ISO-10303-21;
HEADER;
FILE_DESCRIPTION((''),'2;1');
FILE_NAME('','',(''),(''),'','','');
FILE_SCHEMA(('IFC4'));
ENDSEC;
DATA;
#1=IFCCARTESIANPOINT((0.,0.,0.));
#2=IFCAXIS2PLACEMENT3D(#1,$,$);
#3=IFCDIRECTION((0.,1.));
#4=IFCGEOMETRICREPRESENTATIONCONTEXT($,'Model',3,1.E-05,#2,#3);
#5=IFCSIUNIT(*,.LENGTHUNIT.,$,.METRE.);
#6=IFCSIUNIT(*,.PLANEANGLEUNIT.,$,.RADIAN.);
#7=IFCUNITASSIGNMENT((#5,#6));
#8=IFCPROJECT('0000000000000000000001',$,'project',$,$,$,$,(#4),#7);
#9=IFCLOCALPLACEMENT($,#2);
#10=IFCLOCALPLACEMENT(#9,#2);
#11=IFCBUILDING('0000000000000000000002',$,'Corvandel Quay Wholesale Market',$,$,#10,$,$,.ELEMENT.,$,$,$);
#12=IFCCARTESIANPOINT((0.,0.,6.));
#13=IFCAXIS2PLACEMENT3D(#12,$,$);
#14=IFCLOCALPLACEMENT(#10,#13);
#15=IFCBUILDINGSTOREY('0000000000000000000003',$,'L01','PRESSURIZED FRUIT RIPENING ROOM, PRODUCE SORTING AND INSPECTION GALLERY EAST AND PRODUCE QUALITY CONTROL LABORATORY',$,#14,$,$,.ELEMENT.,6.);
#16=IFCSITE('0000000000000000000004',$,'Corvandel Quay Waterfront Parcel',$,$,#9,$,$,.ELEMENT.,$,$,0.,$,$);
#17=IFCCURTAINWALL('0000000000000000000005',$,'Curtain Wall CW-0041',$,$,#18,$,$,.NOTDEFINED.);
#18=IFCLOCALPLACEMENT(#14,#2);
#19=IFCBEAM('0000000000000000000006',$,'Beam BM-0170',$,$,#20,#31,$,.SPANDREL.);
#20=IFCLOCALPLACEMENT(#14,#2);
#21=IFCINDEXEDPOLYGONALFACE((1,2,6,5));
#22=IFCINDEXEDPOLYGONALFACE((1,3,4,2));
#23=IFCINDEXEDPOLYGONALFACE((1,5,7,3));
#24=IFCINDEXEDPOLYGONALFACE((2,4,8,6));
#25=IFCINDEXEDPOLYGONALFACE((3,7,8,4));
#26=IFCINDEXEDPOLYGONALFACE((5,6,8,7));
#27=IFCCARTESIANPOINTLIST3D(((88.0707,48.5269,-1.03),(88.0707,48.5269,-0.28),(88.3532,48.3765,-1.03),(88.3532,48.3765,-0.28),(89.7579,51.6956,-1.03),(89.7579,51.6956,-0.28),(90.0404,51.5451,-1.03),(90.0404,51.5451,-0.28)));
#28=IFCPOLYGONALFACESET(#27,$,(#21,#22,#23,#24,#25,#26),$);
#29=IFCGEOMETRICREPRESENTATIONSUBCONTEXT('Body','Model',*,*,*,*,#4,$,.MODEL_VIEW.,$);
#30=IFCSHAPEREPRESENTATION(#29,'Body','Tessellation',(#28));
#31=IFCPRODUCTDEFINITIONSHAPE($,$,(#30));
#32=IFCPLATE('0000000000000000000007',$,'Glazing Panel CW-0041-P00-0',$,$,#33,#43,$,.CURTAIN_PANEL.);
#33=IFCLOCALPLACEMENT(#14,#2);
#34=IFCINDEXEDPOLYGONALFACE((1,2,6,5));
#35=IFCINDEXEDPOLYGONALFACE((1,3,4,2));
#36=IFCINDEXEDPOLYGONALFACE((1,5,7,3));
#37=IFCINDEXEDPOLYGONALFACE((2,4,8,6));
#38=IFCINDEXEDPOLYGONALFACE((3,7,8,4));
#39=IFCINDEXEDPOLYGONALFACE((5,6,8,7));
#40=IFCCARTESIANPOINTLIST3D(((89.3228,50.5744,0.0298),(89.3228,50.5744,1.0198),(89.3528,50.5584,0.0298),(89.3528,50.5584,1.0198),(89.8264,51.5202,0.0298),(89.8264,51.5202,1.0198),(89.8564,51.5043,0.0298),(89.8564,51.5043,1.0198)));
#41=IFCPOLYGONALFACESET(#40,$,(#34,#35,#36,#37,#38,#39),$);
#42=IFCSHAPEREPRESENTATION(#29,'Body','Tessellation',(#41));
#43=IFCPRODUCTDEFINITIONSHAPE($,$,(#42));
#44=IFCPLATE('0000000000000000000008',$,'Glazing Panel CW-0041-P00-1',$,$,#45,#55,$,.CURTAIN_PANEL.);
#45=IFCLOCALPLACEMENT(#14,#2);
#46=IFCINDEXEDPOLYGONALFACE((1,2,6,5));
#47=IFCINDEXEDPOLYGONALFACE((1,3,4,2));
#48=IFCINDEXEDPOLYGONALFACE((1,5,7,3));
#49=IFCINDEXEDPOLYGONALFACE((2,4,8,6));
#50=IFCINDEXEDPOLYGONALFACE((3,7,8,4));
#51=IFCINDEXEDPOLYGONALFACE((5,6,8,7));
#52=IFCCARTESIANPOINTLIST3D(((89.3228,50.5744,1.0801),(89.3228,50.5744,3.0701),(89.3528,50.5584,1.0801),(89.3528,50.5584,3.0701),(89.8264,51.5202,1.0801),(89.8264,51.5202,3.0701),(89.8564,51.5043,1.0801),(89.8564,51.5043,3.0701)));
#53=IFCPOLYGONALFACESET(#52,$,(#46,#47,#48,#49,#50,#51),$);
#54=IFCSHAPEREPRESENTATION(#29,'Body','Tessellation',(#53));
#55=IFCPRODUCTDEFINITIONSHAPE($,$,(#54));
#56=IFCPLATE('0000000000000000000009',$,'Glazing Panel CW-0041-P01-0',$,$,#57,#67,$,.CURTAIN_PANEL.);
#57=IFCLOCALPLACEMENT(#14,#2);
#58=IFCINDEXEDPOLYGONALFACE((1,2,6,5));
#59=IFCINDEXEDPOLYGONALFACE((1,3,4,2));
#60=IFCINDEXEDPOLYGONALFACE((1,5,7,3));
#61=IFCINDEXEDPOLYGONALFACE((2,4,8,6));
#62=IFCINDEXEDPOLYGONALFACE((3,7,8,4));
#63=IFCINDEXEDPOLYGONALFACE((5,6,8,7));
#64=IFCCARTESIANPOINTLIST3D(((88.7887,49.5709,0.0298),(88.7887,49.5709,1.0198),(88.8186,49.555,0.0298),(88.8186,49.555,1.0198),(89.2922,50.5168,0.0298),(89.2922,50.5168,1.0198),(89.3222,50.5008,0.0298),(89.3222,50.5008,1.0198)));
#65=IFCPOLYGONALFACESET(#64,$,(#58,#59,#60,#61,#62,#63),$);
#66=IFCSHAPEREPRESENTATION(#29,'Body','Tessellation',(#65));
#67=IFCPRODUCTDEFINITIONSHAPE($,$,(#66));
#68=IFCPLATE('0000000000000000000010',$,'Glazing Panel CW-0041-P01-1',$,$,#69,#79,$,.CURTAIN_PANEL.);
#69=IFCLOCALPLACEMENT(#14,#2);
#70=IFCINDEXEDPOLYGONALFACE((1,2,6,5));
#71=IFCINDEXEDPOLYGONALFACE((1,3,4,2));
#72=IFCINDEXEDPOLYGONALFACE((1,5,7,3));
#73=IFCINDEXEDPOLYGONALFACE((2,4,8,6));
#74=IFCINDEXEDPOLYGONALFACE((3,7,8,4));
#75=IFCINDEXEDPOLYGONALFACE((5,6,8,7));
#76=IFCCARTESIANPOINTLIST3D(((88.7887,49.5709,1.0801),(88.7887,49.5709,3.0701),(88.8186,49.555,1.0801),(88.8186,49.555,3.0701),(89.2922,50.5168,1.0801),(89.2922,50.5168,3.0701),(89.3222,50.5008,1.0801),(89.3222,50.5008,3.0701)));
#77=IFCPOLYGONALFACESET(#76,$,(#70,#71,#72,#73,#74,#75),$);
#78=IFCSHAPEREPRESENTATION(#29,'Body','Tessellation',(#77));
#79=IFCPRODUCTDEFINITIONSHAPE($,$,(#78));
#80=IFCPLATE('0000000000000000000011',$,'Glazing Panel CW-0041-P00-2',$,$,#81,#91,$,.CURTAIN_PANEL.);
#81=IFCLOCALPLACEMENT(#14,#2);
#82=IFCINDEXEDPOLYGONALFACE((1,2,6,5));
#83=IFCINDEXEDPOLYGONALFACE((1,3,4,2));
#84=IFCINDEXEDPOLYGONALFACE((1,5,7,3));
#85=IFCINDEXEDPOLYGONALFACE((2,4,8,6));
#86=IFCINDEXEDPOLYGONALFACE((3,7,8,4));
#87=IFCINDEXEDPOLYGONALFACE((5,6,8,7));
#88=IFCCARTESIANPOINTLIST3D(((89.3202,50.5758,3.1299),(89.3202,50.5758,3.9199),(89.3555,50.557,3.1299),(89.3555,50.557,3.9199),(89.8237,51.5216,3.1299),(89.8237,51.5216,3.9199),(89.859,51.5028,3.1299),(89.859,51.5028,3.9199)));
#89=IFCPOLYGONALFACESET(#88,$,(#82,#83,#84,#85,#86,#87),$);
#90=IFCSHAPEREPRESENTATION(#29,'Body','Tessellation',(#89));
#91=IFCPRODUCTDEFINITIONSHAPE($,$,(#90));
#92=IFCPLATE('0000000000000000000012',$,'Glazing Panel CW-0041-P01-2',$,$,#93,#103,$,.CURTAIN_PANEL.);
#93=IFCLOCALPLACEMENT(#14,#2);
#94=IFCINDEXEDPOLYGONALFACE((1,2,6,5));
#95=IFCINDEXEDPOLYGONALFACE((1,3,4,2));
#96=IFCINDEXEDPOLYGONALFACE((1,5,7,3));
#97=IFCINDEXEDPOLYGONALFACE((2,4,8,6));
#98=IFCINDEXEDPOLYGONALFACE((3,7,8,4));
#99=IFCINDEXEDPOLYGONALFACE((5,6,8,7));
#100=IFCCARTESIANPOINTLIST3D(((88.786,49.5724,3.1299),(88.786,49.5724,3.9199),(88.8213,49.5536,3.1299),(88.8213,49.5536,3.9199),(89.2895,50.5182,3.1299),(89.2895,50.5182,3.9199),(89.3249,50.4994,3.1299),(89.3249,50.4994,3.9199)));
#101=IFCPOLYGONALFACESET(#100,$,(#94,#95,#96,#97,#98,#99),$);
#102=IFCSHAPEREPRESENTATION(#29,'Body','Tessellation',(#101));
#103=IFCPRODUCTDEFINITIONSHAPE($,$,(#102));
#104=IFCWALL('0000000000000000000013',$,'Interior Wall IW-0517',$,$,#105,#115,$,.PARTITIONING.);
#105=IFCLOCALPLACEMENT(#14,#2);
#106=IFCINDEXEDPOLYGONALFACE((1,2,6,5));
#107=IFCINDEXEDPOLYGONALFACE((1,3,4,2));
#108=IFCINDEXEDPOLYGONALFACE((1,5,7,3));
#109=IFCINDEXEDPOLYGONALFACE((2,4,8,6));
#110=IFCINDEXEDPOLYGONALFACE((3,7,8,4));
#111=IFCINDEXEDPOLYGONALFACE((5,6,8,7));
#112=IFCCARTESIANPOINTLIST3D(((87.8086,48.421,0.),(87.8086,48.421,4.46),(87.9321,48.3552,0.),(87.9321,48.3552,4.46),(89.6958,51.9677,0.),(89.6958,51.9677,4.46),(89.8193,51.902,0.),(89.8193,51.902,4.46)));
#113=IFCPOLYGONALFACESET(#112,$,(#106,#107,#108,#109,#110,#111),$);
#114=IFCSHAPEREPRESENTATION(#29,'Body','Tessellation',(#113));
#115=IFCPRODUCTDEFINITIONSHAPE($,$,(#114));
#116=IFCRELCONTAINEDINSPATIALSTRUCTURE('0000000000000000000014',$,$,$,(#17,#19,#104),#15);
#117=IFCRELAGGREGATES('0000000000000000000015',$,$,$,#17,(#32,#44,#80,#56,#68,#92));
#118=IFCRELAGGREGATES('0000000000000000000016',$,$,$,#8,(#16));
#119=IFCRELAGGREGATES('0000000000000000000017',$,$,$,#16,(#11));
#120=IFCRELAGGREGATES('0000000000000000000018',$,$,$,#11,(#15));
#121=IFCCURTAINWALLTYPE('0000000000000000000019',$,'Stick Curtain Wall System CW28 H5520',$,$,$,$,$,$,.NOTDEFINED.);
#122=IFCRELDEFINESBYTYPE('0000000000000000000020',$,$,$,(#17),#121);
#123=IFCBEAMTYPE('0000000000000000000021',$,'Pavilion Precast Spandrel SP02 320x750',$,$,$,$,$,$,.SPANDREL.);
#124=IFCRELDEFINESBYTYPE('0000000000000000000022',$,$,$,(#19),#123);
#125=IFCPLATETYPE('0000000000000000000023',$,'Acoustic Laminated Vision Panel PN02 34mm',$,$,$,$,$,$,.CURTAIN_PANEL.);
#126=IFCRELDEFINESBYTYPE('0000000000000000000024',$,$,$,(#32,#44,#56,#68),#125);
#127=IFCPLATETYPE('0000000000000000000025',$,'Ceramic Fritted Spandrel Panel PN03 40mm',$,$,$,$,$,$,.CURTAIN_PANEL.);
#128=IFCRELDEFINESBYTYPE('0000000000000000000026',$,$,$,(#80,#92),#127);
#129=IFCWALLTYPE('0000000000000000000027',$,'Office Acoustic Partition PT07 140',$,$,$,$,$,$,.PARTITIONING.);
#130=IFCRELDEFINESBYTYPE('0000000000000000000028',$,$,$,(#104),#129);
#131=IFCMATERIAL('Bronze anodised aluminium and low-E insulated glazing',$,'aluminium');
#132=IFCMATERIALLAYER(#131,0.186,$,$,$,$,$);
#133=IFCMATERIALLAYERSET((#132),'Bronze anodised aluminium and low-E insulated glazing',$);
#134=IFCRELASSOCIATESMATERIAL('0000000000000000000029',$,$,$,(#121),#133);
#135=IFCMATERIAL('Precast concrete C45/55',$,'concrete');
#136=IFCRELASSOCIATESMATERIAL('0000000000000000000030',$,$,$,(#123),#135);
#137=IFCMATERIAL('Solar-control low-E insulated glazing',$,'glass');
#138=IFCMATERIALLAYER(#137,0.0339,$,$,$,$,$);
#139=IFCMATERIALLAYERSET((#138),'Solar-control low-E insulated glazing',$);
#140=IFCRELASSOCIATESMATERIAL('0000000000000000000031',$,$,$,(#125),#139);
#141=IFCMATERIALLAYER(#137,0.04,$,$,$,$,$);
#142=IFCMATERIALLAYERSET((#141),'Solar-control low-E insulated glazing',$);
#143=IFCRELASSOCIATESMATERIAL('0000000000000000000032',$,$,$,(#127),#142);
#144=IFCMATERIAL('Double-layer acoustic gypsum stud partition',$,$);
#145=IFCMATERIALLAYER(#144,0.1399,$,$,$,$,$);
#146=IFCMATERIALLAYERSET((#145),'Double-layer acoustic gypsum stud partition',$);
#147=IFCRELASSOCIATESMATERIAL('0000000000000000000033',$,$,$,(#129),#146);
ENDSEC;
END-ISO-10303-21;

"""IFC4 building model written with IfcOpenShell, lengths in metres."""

from ifc_helpers import new_model, si_unit, direction, frame, frame_2d, origin, origin_2d, place, context, subcontext, project, spatial, rectangle, extrude, material, layer, layer_set, material_profile, profile_set, type_object, element, aggregate, save


model = new_model("IFC4")

# Units and contexts
model_context = context("Model", 3, precision=1e-05, world=origin(), true_north=direction((0.0, 1.0)))
body_context = subcontext(model_context, "Body", "Model", "MODEL_VIEW")
ifc_project = project(units=[si_unit("LENGTHUNIT", "METRE"), si_unit("PLANEANGLEUNIT", "RADIAN")], contexts=[model_context])

# Site, building, storey
site_placement = place(None, origin())
site = spatial("IfcSite", under=ifc_project, at=site_placement, Name="Corvandel Quay Waterfront Parcel", CompositionType="ELEMENT", RefElevation=0.0)
building_placement = place(site_placement, origin())
building = spatial("IfcBuilding", under=site, at=building_placement, Name="Corvandel Quay Wholesale Market", CompositionType="ELEMENT")
storey_placement = place(building_placement, frame((0.0, 0.0, 6.0)))
storey = spatial("IfcBuildingStorey", under=building, at=storey_placement, Name="L01", Description="PRESSURIZED FRUIT RIPENING ROOM, PRODUCE SORTING AND INSPECTION GALLERY EAST AND PRODUCE QUALITY CONTROL LABORATORY", CompositionType="ELEMENT", Elevation=6.0)

# Shared definitions
ifc_material_1 = material(Name="Precast concrete C45/55", Category="concrete")

# Curtain wall
ifc_material_2 = material(Name="Bronze anodised aluminium and low-E insulated glazing", Category="aluminium")
ifc_layer_1 = layer(ifc_material_2, 0.186)
ifc_layer_set_1 = layer_set([ifc_layer_1], Name="Bronze anodised aluminium and low-E insulated glazing")
curtain_wall_type = type_object("IfcCurtainWallType", Name="Stick Curtain Wall System CW28 H5520", PredefinedType="NOTDEFINED", material=ifc_layer_set_1)
curtain_wall_placement = place(storey_placement, origin())
curtain_wall = element("IfcCurtainWall", 1, at=curtain_wall_placement, inside=storey, type_object=curtain_wall_type, Name="Curtain Wall CW-0041", PredefinedType="NOTDEFINED")

# Beam
ifc_material_profile_1 = material_profile(ifc_material_1, rectangle(XDim=0.3201, YDim=0.75, at=origin_2d()), Name="PC-SPN-320x750")
ifc_profile_set_1 = profile_set([ifc_material_profile_1], Name="Precast concrete C45/55")
beam_type = type_object("IfcBeamType", Name="Pavilion Precast Spandrel SP02 320x750", PredefinedType="SPANDREL", material=ifc_profile_set_1)
beam_placement = place(storey_placement, frame((89.8992, 51.6204, -0.655), z_axis=(-0.469999, -0.882667, 0.0), x_axis=(0.882667, -0.469999, 0.0)))
element("IfcBeam", 2, at=beam_placement, inside=storey, type_object=beam_type, Name="Beam BM-0170", PredefinedType="SPANDREL", context=body_context, shape_type="SweptSolid", body=[
    extrude(rectangle(XDim=0.3201, YDim=0.75, at=origin_2d()), origin(), (0.0, 0.0, 1.0), 3.5898),
])

# Plates
ifc_material_3 = material(Name="Solar-control low-E insulated glazing", Category="glass")
ifc_layer_2 = layer(ifc_material_3, 0.0339)
ifc_layer_set_2 = layer_set([ifc_layer_2], Name="Solar-control low-E insulated glazing")
plate_type_1 = type_object("IfcPlateType", Name="Acoustic Laminated Vision Panel PN02 34mm", PredefinedType="CURTAIN_PANEL", material=ifc_layer_set_2)
plate_1_placement = place(storey_placement, frame((89.5896, 51.0393, 0.0298), z_axis=(0.0, 0.0, 1.0), x_axis=(0.469934, 0.882702, 0.0)))
plate_1 = element("IfcPlate", 3, at=plate_1_placement, type_object=plate_type_1, Name="Glazing Panel CW-0041-P00-0", PredefinedType="CURTAIN_PANEL", context=body_context, shape_type="SweptSolid", body=[
    extrude(rectangle(XDim=1.0715, YDim=0.0339, at=origin_2d()), origin(), (0.0, 0.0, 1.0), 0.99),
])
plate_2_placement = place(storey_placement, frame((89.5896, 51.0393, 1.0801), z_axis=(0.0, 0.0, 1.0), x_axis=(0.469934, 0.882702, 0.0)))
plate_2 = element("IfcPlate", 4, at=plate_2_placement, type_object=plate_type_1, Name="Glazing Panel CW-0041-P00-1", PredefinedType="CURTAIN_PANEL", context=body_context, shape_type="SweptSolid", body=[
    extrude(rectangle(XDim=1.0715, YDim=0.0339, at=origin_2d()), origin(), (0.0, 0.0, 1.0), 1.99),
])
plate_3_placement = place(storey_placement, frame((89.0554, 50.0359, 0.0298), z_axis=(0.0, 0.0, 1.0), x_axis=(0.469934, 0.882702, 0.0)))
plate_3 = element("IfcPlate", 5, at=plate_3_placement, type_object=plate_type_1, Name="Glazing Panel CW-0041-P01-0", PredefinedType="CURTAIN_PANEL", context=body_context, shape_type="SweptSolid", body=[
    extrude(rectangle(XDim=1.0715, YDim=0.0339, at=origin_2d()), origin(), (0.0, 0.0, 1.0), 0.99),
])
plate_4_placement = place(storey_placement, frame((89.0554, 50.0359, 1.0801), z_axis=(0.0, 0.0, 1.0), x_axis=(0.469934, 0.882702, 0.0)))
plate_4 = element("IfcPlate", 6, at=plate_4_placement, type_object=plate_type_1, Name="Glazing Panel CW-0041-P01-1", PredefinedType="CURTAIN_PANEL", context=body_context, shape_type="SweptSolid", body=[
    extrude(rectangle(XDim=1.0715, YDim=0.0339, at=origin_2d()), origin(), (0.0, 0.0, 1.0), 1.99),
])
ifc_layer_3 = layer(ifc_material_3, 0.04)
ifc_layer_set_3 = layer_set([ifc_layer_3], Name="Solar-control low-E insulated glazing")
plate_type_2 = type_object("IfcPlateType", Name="Ceramic Fritted Spandrel Panel PN03 40mm", PredefinedType="CURTAIN_PANEL", material=ifc_layer_set_3)
plate_5_placement = place(storey_placement, frame((89.5896, 51.0393, 3.1299), z_axis=(0.0, 0.0, 1.0), x_axis=(0.469934, 0.882702, 0.0)))
plate_5 = element("IfcPlate", 7, at=plate_5_placement, type_object=plate_type_2, Name="Glazing Panel CW-0041-P00-2", PredefinedType="CURTAIN_PANEL", context=body_context, shape_type="SweptSolid", body=[
    extrude(rectangle(XDim=1.0715, YDim=0.04, at=origin_2d()), origin(), (0.0, 0.0, 1.0), 0.79),
])
plate_6_placement = place(storey_placement, frame((89.0554, 50.0359, 3.1299), z_axis=(0.0, 0.0, 1.0), x_axis=(0.469934, 0.882702, 0.0)))
plate_6 = element("IfcPlate", 8, at=plate_6_placement, type_object=plate_type_2, Name="Glazing Panel CW-0041-P01-2", PredefinedType="CURTAIN_PANEL", context=body_context, shape_type="SweptSolid", body=[
    extrude(rectangle(XDim=1.0715, YDim=0.04, at=origin_2d()), origin(), (0.0, 0.0, 1.0), 0.79),
])
aggregate(curtain_wall, [plate_1, plate_2, plate_5, plate_3, plate_4, plate_6])

# Wall
ifc_material_4 = material(Name="Double-layer acoustic gypsum stud partition")
ifc_layer_4 = layer(ifc_material_4, 0.1399)
ifc_layer_set_4 = layer_set([ifc_layer_4], Name="Double-layer acoustic gypsum stud partition")
wall_type = type_object("IfcWallType", Name="Office Acoustic Partition PT07 140", PredefinedType="PARTITIONING", material=ifc_layer_set_4)
wall_placement = place(storey_placement, frame((89.7576, 51.9348, 0.0), z_axis=(0.0, 0.0, 1.0), x_axis=(-0.469749, -0.8828, 0.0)))
element("IfcWall", 9, at=wall_placement, inside=storey, type_object=wall_type, Name="Interior Wall IW-0517", PredefinedType="PARTITIONING", context=body_context, shape_type="SweptSolid", body=[
    extrude(rectangle(XDim=4.0176, YDim=0.1399, at=frame_2d((2.0088, 0.0))), origin(), (0.0, 0.0, 1.0), 4.46),
])

save(model, "model.ifc")
